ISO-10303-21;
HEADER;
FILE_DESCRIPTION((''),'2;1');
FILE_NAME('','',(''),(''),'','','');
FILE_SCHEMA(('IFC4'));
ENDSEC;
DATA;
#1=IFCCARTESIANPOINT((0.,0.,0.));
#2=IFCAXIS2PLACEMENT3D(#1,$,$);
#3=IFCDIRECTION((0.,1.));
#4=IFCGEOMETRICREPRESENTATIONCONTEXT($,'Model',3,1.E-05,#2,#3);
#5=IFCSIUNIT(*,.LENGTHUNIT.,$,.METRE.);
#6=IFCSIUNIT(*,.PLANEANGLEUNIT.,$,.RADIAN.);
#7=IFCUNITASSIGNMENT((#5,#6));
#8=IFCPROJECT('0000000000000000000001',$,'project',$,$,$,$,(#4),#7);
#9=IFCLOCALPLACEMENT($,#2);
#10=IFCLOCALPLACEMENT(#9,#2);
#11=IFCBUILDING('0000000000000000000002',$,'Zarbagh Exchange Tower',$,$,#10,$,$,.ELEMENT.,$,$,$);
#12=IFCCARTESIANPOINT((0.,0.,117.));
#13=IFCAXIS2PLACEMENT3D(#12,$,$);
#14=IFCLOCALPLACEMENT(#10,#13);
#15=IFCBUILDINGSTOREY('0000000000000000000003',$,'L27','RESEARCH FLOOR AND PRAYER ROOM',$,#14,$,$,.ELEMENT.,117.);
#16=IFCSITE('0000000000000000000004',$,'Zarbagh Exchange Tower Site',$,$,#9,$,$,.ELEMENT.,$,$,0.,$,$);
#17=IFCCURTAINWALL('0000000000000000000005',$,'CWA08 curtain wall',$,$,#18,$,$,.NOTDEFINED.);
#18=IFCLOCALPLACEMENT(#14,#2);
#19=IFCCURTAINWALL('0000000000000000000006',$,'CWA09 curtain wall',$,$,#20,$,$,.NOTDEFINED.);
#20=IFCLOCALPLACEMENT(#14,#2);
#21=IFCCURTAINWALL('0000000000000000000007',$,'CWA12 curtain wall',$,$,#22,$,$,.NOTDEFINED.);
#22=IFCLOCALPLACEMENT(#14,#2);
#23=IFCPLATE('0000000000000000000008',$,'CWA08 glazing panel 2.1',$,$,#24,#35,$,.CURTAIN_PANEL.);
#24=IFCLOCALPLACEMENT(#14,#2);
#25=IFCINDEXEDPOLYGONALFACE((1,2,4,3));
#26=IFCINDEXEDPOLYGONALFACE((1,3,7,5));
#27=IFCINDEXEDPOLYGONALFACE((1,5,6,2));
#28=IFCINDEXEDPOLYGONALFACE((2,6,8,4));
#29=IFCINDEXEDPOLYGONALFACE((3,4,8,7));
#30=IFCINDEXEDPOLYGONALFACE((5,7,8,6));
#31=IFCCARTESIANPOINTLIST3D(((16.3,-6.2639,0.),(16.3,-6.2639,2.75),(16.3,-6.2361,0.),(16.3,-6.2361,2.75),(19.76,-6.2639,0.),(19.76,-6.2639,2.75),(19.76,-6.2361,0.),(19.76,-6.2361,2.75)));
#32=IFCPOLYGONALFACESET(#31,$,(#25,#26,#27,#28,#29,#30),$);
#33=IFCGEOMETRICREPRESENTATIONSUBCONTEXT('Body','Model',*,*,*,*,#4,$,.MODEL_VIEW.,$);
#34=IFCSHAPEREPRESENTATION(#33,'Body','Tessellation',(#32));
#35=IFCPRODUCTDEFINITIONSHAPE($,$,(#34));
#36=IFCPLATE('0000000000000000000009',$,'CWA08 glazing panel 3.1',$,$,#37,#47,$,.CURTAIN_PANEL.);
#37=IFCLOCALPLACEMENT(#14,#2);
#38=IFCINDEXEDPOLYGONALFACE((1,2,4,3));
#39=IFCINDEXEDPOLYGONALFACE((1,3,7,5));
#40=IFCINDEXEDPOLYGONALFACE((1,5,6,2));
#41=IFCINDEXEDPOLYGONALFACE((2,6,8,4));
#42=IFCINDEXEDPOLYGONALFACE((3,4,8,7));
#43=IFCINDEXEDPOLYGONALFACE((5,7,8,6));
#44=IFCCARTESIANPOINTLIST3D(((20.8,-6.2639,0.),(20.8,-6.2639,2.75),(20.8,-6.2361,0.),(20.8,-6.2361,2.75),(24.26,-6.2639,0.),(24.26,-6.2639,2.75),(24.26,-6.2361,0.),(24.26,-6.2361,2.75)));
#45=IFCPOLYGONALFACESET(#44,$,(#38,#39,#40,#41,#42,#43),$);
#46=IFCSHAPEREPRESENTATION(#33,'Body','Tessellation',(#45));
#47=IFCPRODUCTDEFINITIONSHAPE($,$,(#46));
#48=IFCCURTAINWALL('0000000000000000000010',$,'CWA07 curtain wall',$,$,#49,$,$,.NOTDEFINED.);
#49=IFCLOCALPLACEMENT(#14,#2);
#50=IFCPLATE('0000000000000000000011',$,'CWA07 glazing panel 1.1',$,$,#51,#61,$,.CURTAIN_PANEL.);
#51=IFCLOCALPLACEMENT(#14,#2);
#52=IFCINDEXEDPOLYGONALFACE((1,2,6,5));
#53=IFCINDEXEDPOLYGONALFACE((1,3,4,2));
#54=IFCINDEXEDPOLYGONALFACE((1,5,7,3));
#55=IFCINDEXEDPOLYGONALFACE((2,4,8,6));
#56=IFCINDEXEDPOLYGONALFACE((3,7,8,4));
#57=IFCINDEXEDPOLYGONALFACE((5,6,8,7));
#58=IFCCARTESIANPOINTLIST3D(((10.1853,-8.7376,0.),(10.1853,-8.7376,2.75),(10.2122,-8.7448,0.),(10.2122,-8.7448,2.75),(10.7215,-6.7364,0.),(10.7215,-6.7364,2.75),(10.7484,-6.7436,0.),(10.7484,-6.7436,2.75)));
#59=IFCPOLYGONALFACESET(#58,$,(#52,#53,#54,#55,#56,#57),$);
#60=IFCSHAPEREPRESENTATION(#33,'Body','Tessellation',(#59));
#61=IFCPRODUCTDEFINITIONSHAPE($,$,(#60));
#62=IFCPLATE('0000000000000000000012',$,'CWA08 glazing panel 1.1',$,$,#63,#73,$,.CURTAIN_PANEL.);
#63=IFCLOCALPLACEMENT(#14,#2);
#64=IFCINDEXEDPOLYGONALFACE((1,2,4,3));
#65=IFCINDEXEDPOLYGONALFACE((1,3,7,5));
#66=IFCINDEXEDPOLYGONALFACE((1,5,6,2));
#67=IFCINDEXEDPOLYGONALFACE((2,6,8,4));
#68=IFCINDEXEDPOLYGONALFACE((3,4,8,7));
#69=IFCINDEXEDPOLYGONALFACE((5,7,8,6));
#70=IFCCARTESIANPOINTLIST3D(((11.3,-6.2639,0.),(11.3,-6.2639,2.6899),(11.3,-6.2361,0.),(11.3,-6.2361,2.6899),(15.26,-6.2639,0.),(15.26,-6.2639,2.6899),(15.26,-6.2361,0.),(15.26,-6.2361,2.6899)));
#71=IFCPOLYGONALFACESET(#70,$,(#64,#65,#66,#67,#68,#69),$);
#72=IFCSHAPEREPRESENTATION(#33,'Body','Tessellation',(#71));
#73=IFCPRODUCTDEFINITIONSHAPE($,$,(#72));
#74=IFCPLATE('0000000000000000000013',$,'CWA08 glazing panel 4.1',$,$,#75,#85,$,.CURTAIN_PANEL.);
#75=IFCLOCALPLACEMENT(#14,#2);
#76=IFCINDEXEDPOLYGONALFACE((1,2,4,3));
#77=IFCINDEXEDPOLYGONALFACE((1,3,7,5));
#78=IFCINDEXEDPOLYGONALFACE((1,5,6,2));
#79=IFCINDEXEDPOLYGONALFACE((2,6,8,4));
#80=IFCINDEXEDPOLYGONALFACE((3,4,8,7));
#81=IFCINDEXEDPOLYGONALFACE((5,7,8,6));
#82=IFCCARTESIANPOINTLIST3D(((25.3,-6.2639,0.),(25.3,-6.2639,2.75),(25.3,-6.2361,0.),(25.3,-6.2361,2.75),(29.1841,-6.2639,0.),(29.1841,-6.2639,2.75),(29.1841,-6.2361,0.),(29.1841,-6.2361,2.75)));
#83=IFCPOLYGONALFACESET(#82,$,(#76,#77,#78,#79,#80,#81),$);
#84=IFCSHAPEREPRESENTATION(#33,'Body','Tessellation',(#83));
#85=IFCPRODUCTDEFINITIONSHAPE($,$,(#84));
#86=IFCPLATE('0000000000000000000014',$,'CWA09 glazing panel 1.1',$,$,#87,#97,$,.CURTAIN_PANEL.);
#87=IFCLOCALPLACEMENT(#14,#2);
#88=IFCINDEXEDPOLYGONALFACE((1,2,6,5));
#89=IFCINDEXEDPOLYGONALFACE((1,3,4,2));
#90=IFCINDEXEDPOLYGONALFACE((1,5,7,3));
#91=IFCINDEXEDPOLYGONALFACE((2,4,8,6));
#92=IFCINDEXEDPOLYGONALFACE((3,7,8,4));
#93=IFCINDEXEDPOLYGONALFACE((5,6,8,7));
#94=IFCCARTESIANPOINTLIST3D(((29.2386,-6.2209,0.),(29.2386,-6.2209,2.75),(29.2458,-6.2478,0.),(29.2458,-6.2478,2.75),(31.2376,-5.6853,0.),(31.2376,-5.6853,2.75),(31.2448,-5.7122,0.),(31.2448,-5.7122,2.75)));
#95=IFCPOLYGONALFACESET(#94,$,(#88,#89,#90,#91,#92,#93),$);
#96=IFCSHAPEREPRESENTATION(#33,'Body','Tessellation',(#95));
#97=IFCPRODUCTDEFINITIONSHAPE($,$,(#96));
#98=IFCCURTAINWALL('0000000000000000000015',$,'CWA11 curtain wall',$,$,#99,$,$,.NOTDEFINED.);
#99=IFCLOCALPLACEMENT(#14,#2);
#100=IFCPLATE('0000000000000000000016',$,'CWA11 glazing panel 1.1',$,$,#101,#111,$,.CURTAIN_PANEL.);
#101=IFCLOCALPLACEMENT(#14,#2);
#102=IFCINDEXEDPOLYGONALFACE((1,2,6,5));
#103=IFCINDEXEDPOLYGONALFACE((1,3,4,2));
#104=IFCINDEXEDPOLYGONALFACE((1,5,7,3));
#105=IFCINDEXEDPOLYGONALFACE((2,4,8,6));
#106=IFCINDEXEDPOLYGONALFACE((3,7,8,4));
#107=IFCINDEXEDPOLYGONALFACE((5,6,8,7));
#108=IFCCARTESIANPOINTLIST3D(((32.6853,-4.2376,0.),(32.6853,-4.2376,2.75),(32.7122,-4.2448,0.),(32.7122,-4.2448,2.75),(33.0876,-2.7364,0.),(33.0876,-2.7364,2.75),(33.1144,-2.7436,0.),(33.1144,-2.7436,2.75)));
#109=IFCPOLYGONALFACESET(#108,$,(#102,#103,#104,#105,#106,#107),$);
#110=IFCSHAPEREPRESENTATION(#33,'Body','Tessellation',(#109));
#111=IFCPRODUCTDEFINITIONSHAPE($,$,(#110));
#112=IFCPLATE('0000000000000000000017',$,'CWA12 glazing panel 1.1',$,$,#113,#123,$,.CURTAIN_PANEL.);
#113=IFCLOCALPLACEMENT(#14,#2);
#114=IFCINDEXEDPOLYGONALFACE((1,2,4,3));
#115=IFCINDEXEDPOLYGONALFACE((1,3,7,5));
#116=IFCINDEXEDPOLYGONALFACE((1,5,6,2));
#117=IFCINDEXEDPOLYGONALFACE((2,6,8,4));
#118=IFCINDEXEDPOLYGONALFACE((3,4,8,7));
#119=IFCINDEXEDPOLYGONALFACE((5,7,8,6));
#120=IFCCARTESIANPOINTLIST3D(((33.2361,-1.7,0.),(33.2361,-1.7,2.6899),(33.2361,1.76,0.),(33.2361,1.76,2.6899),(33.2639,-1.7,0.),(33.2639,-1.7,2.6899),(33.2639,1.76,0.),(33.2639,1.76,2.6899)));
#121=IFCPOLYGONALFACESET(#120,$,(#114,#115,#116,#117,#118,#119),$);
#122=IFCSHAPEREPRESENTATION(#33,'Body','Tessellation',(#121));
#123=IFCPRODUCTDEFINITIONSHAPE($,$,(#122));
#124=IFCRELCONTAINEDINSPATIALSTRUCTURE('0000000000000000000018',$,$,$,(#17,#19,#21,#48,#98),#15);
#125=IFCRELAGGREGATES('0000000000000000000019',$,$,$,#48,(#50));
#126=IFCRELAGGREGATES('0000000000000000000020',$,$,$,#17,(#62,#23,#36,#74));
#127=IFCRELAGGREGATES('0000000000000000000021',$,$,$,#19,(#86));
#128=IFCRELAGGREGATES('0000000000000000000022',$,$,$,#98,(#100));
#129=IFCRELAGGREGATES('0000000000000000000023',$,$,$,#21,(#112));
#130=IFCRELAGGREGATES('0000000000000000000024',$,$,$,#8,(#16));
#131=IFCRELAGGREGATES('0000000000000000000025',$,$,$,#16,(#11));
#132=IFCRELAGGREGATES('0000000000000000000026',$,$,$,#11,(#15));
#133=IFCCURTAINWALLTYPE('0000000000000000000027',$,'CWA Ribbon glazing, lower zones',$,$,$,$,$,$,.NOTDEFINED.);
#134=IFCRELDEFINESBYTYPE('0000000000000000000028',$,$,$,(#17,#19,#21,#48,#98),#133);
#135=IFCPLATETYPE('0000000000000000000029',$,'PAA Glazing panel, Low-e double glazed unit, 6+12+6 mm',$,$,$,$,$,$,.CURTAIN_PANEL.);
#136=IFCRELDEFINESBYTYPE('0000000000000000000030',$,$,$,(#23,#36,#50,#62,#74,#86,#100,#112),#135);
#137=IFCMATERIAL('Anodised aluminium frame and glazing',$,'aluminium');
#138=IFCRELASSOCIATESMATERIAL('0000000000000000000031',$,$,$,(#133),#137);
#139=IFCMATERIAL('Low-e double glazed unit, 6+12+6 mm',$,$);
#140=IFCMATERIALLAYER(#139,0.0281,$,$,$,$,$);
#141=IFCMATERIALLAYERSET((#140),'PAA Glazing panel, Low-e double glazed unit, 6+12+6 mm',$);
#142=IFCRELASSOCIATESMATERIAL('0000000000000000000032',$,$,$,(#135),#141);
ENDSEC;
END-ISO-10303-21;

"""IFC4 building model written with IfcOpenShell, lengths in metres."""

from ifc_helpers import new_model, si_unit, direction, frame, origin, place, context, subcontext, project, spatial, polyline, outline, extrude, source, transform, mapped, material, layer, layer_set, type_object, element, aggregate, save


model = new_model("IFC4")

# Units and contexts
model_context = context("Model", 3, precision=1e-05, world=origin(), true_north=direction((0.0, 1.0)))
body_context = subcontext(model_context, "Body", "Model", "MODEL_VIEW")
ifc_project = project(units=[si_unit("LENGTHUNIT", "METRE"), si_unit("PLANEANGLEUNIT", "RADIAN")], contexts=[model_context])

# Site, building, storey
site_placement = place(None, origin())
site = spatial("IfcSite", under=ifc_project, at=site_placement, Name="Zarbagh Exchange Tower Site", CompositionType="ELEMENT", RefElevation=0.0)
building_placement = place(site_placement, origin())
building = spatial("IfcBuilding", under=site, at=building_placement, Name="Zarbagh Exchange Tower", CompositionType="ELEMENT")
storey_placement = place(building_placement, frame((0.0, 0.0, 117.0)))
storey = spatial("IfcBuildingStorey", under=building, at=storey_placement, Name="L27", Description="RESEARCH FLOOR AND PRAYER ROOM", CompositionType="ELEMENT", Elevation=117.0)

# Curtain wall
ifc_material_1 = material(Name="Anodised aluminium frame and glazing", Category="aluminium")
curtain_wall_type = type_object("IfcCurtainWallType", Name="CWA Ribbon glazing, lower zones", PredefinedType="NOTDEFINED", material=ifc_material_1)
curtain_wall_1_placement = place(storey_placement, origin())
curtain_wall_1 = element("IfcCurtainWall", 1, at=curtain_wall_1_placement, inside=storey, type_object=curtain_wall_type, Name="CWA08 curtain wall", PredefinedType="NOTDEFINED")
placement = place(storey_placement, origin())

# Curtain walls
curtain_wall_2_placement = place(storey_placement, origin())
curtain_wall_2 = element("IfcCurtainWall", 2, at=curtain_wall_2_placement, inside=storey, type_object=curtain_wall_type, Name="CWA09 curtain wall", PredefinedType="NOTDEFINED")
curtain_wall_3_placement = place(storey_placement, origin())
curtain_wall_3 = element("IfcCurtainWall", 3, at=curtain_wall_3_placement, inside=storey, type_object=curtain_wall_type, Name="CWA12 curtain wall", PredefinedType="NOTDEFINED")

# Shared definitions
ifc_material_2 = material(Name="Low-e double glazed unit, 6+12+6 mm")
ifc_layer = layer(ifc_material_2, 0.0281)
ifc_layer_set = layer_set([ifc_layer], Name="PAA Glazing panel, Low-e double glazed unit, 6+12+6 mm")
plate_type = type_object("IfcPlateType", Name="PAA Glazing panel, Low-e double glazed unit, 6+12+6 mm", PredefinedType="CURTAIN_PANEL", material=ifc_layer_set)

# Plates
shared_shape_1 = source(origin(), body_context, "Body", "SweptSolid", [
    extrude(outline(polyline([(0.0, -0.0139), (3.46, -0.0139), (3.46, 0.0139), (0.0, 0.0139), (0.0, -0.0139)])), origin(), (0.0, 0.0, 1.0), 2.75),
])
plate_1 = element("IfcPlate", 4, at=placement, type_object=plate_type, Name="CWA08 glazing panel 2.1", PredefinedType="CURTAIN_PANEL", context=body_context, shape_type="MappedRepresentation", body=[
    mapped(shared_shape_1, transform((16.3, -6.25, 0.0), x_axis=(1.0, 0.0, 0.0), y_axis=(0.0, 1.0, 0.0), z_axis=(0.0, 0.0, 1.0))),
])
plate_2 = element("IfcPlate", 5, at=placement, type_object=plate_type, Name="CWA08 glazing panel 3.1", PredefinedType="CURTAIN_PANEL", context=body_context, shape_type="MappedRepresentation", body=[
    mapped(shared_shape_1, transform((20.8, -6.25, 0.0), x_axis=(1.0, 0.0, 0.0), y_axis=(0.0, 1.0, 0.0), z_axis=(0.0, 0.0, 1.0))),
])

# Curtain wall, plate
curtain_wall_4_placement = place(storey_placement, origin())
curtain_wall_4 = element("IfcCurtainWall", 6, at=curtain_wall_4_placement, inside=storey, type_object=curtain_wall_type, Name="CWA07 curtain wall", PredefinedType="NOTDEFINED")
shared_shape_2 = source(origin(), body_context, "Body", "SweptSolid", [
    extrude(outline(polyline([(0.0, -0.0139), (2.0718, -0.0139), (2.0718, 0.0139), (0.0, 0.0139), (0.0, -0.0139)])), origin(), (0.0, 0.0, 1.0), 2.75),
])
plate_3 = element("IfcPlate", 7, at=placement, type_object=plate_type, Name="CWA07 glazing panel 1.1", PredefinedType="CURTAIN_PANEL", context=body_context, shape_type="MappedRepresentation", body=[
    mapped(shared_shape_2, transform((10.1987, -8.7412, 0.0), x_axis=(0.258825, 0.965924, 0.0), y_axis=(-0.965924, 0.258825, 0.0), z_axis=(0.0, 0.0, 1.0))),
])
aggregate(curtain_wall_4, [plate_3])

# Plates
shared_shape_3 = source(origin(), body_context, "Body", "SweptSolid", [
    extrude(outline(polyline([(0.0, -0.0139), (3.96, -0.0139), (3.96, 0.0139), (0.0, 0.0139), (0.0, -0.0139)])), origin(), (0.0, 0.0, 1.0), 2.6899),
])
plate_4 = element("IfcPlate", 8, at=placement, type_object=plate_type, Name="CWA08 glazing panel 1.1", PredefinedType="CURTAIN_PANEL", context=body_context, shape_type="MappedRepresentation", body=[
    mapped(shared_shape_3, transform((11.3, -6.25, 0.0), x_axis=(1.0, 0.0, 0.0), y_axis=(0.0, 1.0, 0.0), z_axis=(0.0, 0.0, 1.0))),
])
shared_shape_4 = source(origin(), body_context, "Body", "SweptSolid", [
    extrude(outline(polyline([(0.0, -0.0139), (3.884, -0.0139), (3.884, 0.0139), (0.0, 0.0139), (0.0, -0.0139)])), origin(), (0.0, 0.0, 1.0), 2.75),
])
plate_5 = element("IfcPlate", 9, at=placement, type_object=plate_type, Name="CWA08 glazing panel 4.1", PredefinedType="CURTAIN_PANEL", context=body_context, shape_type="MappedRepresentation", body=[
    mapped(shared_shape_4, transform((25.3, -6.25, 0.0), x_axis=(1.0, 0.0, 0.0), y_axis=(0.0, 1.0, 0.0), z_axis=(0.0, 0.0, 1.0))),
])
aggregate(curtain_wall_1, [plate_4, plate_1, plate_2, plate_5])
shared_shape_5 = source(origin(), body_context, "Body", "SweptSolid", [
    extrude(outline(polyline([(0.0, -0.0139), (2.0696, -0.0139), (2.0696, 0.0139), (0.0, 0.0139), (0.0, -0.0139)])), origin(), (0.0, 0.0, 1.0), 2.75),
])
plate_6 = element("IfcPlate", 10, at=placement, type_object=plate_type, Name="CWA09 glazing panel 1.1", PredefinedType="CURTAIN_PANEL", context=body_context, shape_type="MappedRepresentation", body=[
    mapped(shared_shape_5, transform((29.2422, -6.2344, 0.0), x_axis=(0.965924, 0.258825, 0.0), y_axis=(-0.258825, 0.965924, 0.0), z_axis=(0.0, 0.0, 1.0))),
])
aggregate(curtain_wall_2, [plate_6])

# Curtain wall, plate
curtain_wall_5_placement = place(storey_placement, origin())
curtain_wall_5 = element("IfcCurtainWall", 11, at=curtain_wall_5_placement, inside=storey, type_object=curtain_wall_type, Name="CWA11 curtain wall", PredefinedType="NOTDEFINED")
shared_shape_6 = source(origin(), body_context, "Body", "SweptSolid", [
    extrude(outline(polyline([(0.0, -0.0139), (1.5542, -0.0139), (1.5542, 0.0139), (0.0, 0.0139), (0.0, -0.0139)])), origin(), (0.0, 0.0, 1.0), 2.75),
])
plate_7 = element("IfcPlate", 12, at=placement, type_object=plate_type, Name="CWA11 glazing panel 1.1", PredefinedType="CURTAIN_PANEL", context=body_context, shape_type="MappedRepresentation", body=[
    mapped(shared_shape_6, transform((32.6987, -4.2412, 0.0), x_axis=(0.258825, 0.965924, 0.0), y_axis=(-0.965924, 0.258825, 0.0), z_axis=(0.0, 0.0, 1.0))),
])
aggregate(curtain_wall_5, [plate_7])

# Plate
shared_shape_7 = source(origin(), body_context, "Body", "SweptSolid", [
    extrude(outline(polyline([(0.0, -0.0139), (3.46, -0.0139), (3.46, 0.0139), (0.0, 0.0139), (0.0, -0.0139)])), origin(), (0.0, 0.0, 1.0), 2.6899),
])
plate_8 = element("IfcPlate", 13, at=placement, type_object=plate_type, Name="CWA12 glazing panel 1.1", PredefinedType="CURTAIN_PANEL", context=body_context, shape_type="MappedRepresentation", body=[
    mapped(shared_shape_7, transform((33.25, -1.7, 0.0), x_axis=(0.0, 1.0, 0.0), y_axis=(-1.0, 0.0, 0.0), z_axis=(0.0, 0.0, 1.0))),
])
aggregate(curtain_wall_3, [plate_8])

save(model, "model.ifc")
